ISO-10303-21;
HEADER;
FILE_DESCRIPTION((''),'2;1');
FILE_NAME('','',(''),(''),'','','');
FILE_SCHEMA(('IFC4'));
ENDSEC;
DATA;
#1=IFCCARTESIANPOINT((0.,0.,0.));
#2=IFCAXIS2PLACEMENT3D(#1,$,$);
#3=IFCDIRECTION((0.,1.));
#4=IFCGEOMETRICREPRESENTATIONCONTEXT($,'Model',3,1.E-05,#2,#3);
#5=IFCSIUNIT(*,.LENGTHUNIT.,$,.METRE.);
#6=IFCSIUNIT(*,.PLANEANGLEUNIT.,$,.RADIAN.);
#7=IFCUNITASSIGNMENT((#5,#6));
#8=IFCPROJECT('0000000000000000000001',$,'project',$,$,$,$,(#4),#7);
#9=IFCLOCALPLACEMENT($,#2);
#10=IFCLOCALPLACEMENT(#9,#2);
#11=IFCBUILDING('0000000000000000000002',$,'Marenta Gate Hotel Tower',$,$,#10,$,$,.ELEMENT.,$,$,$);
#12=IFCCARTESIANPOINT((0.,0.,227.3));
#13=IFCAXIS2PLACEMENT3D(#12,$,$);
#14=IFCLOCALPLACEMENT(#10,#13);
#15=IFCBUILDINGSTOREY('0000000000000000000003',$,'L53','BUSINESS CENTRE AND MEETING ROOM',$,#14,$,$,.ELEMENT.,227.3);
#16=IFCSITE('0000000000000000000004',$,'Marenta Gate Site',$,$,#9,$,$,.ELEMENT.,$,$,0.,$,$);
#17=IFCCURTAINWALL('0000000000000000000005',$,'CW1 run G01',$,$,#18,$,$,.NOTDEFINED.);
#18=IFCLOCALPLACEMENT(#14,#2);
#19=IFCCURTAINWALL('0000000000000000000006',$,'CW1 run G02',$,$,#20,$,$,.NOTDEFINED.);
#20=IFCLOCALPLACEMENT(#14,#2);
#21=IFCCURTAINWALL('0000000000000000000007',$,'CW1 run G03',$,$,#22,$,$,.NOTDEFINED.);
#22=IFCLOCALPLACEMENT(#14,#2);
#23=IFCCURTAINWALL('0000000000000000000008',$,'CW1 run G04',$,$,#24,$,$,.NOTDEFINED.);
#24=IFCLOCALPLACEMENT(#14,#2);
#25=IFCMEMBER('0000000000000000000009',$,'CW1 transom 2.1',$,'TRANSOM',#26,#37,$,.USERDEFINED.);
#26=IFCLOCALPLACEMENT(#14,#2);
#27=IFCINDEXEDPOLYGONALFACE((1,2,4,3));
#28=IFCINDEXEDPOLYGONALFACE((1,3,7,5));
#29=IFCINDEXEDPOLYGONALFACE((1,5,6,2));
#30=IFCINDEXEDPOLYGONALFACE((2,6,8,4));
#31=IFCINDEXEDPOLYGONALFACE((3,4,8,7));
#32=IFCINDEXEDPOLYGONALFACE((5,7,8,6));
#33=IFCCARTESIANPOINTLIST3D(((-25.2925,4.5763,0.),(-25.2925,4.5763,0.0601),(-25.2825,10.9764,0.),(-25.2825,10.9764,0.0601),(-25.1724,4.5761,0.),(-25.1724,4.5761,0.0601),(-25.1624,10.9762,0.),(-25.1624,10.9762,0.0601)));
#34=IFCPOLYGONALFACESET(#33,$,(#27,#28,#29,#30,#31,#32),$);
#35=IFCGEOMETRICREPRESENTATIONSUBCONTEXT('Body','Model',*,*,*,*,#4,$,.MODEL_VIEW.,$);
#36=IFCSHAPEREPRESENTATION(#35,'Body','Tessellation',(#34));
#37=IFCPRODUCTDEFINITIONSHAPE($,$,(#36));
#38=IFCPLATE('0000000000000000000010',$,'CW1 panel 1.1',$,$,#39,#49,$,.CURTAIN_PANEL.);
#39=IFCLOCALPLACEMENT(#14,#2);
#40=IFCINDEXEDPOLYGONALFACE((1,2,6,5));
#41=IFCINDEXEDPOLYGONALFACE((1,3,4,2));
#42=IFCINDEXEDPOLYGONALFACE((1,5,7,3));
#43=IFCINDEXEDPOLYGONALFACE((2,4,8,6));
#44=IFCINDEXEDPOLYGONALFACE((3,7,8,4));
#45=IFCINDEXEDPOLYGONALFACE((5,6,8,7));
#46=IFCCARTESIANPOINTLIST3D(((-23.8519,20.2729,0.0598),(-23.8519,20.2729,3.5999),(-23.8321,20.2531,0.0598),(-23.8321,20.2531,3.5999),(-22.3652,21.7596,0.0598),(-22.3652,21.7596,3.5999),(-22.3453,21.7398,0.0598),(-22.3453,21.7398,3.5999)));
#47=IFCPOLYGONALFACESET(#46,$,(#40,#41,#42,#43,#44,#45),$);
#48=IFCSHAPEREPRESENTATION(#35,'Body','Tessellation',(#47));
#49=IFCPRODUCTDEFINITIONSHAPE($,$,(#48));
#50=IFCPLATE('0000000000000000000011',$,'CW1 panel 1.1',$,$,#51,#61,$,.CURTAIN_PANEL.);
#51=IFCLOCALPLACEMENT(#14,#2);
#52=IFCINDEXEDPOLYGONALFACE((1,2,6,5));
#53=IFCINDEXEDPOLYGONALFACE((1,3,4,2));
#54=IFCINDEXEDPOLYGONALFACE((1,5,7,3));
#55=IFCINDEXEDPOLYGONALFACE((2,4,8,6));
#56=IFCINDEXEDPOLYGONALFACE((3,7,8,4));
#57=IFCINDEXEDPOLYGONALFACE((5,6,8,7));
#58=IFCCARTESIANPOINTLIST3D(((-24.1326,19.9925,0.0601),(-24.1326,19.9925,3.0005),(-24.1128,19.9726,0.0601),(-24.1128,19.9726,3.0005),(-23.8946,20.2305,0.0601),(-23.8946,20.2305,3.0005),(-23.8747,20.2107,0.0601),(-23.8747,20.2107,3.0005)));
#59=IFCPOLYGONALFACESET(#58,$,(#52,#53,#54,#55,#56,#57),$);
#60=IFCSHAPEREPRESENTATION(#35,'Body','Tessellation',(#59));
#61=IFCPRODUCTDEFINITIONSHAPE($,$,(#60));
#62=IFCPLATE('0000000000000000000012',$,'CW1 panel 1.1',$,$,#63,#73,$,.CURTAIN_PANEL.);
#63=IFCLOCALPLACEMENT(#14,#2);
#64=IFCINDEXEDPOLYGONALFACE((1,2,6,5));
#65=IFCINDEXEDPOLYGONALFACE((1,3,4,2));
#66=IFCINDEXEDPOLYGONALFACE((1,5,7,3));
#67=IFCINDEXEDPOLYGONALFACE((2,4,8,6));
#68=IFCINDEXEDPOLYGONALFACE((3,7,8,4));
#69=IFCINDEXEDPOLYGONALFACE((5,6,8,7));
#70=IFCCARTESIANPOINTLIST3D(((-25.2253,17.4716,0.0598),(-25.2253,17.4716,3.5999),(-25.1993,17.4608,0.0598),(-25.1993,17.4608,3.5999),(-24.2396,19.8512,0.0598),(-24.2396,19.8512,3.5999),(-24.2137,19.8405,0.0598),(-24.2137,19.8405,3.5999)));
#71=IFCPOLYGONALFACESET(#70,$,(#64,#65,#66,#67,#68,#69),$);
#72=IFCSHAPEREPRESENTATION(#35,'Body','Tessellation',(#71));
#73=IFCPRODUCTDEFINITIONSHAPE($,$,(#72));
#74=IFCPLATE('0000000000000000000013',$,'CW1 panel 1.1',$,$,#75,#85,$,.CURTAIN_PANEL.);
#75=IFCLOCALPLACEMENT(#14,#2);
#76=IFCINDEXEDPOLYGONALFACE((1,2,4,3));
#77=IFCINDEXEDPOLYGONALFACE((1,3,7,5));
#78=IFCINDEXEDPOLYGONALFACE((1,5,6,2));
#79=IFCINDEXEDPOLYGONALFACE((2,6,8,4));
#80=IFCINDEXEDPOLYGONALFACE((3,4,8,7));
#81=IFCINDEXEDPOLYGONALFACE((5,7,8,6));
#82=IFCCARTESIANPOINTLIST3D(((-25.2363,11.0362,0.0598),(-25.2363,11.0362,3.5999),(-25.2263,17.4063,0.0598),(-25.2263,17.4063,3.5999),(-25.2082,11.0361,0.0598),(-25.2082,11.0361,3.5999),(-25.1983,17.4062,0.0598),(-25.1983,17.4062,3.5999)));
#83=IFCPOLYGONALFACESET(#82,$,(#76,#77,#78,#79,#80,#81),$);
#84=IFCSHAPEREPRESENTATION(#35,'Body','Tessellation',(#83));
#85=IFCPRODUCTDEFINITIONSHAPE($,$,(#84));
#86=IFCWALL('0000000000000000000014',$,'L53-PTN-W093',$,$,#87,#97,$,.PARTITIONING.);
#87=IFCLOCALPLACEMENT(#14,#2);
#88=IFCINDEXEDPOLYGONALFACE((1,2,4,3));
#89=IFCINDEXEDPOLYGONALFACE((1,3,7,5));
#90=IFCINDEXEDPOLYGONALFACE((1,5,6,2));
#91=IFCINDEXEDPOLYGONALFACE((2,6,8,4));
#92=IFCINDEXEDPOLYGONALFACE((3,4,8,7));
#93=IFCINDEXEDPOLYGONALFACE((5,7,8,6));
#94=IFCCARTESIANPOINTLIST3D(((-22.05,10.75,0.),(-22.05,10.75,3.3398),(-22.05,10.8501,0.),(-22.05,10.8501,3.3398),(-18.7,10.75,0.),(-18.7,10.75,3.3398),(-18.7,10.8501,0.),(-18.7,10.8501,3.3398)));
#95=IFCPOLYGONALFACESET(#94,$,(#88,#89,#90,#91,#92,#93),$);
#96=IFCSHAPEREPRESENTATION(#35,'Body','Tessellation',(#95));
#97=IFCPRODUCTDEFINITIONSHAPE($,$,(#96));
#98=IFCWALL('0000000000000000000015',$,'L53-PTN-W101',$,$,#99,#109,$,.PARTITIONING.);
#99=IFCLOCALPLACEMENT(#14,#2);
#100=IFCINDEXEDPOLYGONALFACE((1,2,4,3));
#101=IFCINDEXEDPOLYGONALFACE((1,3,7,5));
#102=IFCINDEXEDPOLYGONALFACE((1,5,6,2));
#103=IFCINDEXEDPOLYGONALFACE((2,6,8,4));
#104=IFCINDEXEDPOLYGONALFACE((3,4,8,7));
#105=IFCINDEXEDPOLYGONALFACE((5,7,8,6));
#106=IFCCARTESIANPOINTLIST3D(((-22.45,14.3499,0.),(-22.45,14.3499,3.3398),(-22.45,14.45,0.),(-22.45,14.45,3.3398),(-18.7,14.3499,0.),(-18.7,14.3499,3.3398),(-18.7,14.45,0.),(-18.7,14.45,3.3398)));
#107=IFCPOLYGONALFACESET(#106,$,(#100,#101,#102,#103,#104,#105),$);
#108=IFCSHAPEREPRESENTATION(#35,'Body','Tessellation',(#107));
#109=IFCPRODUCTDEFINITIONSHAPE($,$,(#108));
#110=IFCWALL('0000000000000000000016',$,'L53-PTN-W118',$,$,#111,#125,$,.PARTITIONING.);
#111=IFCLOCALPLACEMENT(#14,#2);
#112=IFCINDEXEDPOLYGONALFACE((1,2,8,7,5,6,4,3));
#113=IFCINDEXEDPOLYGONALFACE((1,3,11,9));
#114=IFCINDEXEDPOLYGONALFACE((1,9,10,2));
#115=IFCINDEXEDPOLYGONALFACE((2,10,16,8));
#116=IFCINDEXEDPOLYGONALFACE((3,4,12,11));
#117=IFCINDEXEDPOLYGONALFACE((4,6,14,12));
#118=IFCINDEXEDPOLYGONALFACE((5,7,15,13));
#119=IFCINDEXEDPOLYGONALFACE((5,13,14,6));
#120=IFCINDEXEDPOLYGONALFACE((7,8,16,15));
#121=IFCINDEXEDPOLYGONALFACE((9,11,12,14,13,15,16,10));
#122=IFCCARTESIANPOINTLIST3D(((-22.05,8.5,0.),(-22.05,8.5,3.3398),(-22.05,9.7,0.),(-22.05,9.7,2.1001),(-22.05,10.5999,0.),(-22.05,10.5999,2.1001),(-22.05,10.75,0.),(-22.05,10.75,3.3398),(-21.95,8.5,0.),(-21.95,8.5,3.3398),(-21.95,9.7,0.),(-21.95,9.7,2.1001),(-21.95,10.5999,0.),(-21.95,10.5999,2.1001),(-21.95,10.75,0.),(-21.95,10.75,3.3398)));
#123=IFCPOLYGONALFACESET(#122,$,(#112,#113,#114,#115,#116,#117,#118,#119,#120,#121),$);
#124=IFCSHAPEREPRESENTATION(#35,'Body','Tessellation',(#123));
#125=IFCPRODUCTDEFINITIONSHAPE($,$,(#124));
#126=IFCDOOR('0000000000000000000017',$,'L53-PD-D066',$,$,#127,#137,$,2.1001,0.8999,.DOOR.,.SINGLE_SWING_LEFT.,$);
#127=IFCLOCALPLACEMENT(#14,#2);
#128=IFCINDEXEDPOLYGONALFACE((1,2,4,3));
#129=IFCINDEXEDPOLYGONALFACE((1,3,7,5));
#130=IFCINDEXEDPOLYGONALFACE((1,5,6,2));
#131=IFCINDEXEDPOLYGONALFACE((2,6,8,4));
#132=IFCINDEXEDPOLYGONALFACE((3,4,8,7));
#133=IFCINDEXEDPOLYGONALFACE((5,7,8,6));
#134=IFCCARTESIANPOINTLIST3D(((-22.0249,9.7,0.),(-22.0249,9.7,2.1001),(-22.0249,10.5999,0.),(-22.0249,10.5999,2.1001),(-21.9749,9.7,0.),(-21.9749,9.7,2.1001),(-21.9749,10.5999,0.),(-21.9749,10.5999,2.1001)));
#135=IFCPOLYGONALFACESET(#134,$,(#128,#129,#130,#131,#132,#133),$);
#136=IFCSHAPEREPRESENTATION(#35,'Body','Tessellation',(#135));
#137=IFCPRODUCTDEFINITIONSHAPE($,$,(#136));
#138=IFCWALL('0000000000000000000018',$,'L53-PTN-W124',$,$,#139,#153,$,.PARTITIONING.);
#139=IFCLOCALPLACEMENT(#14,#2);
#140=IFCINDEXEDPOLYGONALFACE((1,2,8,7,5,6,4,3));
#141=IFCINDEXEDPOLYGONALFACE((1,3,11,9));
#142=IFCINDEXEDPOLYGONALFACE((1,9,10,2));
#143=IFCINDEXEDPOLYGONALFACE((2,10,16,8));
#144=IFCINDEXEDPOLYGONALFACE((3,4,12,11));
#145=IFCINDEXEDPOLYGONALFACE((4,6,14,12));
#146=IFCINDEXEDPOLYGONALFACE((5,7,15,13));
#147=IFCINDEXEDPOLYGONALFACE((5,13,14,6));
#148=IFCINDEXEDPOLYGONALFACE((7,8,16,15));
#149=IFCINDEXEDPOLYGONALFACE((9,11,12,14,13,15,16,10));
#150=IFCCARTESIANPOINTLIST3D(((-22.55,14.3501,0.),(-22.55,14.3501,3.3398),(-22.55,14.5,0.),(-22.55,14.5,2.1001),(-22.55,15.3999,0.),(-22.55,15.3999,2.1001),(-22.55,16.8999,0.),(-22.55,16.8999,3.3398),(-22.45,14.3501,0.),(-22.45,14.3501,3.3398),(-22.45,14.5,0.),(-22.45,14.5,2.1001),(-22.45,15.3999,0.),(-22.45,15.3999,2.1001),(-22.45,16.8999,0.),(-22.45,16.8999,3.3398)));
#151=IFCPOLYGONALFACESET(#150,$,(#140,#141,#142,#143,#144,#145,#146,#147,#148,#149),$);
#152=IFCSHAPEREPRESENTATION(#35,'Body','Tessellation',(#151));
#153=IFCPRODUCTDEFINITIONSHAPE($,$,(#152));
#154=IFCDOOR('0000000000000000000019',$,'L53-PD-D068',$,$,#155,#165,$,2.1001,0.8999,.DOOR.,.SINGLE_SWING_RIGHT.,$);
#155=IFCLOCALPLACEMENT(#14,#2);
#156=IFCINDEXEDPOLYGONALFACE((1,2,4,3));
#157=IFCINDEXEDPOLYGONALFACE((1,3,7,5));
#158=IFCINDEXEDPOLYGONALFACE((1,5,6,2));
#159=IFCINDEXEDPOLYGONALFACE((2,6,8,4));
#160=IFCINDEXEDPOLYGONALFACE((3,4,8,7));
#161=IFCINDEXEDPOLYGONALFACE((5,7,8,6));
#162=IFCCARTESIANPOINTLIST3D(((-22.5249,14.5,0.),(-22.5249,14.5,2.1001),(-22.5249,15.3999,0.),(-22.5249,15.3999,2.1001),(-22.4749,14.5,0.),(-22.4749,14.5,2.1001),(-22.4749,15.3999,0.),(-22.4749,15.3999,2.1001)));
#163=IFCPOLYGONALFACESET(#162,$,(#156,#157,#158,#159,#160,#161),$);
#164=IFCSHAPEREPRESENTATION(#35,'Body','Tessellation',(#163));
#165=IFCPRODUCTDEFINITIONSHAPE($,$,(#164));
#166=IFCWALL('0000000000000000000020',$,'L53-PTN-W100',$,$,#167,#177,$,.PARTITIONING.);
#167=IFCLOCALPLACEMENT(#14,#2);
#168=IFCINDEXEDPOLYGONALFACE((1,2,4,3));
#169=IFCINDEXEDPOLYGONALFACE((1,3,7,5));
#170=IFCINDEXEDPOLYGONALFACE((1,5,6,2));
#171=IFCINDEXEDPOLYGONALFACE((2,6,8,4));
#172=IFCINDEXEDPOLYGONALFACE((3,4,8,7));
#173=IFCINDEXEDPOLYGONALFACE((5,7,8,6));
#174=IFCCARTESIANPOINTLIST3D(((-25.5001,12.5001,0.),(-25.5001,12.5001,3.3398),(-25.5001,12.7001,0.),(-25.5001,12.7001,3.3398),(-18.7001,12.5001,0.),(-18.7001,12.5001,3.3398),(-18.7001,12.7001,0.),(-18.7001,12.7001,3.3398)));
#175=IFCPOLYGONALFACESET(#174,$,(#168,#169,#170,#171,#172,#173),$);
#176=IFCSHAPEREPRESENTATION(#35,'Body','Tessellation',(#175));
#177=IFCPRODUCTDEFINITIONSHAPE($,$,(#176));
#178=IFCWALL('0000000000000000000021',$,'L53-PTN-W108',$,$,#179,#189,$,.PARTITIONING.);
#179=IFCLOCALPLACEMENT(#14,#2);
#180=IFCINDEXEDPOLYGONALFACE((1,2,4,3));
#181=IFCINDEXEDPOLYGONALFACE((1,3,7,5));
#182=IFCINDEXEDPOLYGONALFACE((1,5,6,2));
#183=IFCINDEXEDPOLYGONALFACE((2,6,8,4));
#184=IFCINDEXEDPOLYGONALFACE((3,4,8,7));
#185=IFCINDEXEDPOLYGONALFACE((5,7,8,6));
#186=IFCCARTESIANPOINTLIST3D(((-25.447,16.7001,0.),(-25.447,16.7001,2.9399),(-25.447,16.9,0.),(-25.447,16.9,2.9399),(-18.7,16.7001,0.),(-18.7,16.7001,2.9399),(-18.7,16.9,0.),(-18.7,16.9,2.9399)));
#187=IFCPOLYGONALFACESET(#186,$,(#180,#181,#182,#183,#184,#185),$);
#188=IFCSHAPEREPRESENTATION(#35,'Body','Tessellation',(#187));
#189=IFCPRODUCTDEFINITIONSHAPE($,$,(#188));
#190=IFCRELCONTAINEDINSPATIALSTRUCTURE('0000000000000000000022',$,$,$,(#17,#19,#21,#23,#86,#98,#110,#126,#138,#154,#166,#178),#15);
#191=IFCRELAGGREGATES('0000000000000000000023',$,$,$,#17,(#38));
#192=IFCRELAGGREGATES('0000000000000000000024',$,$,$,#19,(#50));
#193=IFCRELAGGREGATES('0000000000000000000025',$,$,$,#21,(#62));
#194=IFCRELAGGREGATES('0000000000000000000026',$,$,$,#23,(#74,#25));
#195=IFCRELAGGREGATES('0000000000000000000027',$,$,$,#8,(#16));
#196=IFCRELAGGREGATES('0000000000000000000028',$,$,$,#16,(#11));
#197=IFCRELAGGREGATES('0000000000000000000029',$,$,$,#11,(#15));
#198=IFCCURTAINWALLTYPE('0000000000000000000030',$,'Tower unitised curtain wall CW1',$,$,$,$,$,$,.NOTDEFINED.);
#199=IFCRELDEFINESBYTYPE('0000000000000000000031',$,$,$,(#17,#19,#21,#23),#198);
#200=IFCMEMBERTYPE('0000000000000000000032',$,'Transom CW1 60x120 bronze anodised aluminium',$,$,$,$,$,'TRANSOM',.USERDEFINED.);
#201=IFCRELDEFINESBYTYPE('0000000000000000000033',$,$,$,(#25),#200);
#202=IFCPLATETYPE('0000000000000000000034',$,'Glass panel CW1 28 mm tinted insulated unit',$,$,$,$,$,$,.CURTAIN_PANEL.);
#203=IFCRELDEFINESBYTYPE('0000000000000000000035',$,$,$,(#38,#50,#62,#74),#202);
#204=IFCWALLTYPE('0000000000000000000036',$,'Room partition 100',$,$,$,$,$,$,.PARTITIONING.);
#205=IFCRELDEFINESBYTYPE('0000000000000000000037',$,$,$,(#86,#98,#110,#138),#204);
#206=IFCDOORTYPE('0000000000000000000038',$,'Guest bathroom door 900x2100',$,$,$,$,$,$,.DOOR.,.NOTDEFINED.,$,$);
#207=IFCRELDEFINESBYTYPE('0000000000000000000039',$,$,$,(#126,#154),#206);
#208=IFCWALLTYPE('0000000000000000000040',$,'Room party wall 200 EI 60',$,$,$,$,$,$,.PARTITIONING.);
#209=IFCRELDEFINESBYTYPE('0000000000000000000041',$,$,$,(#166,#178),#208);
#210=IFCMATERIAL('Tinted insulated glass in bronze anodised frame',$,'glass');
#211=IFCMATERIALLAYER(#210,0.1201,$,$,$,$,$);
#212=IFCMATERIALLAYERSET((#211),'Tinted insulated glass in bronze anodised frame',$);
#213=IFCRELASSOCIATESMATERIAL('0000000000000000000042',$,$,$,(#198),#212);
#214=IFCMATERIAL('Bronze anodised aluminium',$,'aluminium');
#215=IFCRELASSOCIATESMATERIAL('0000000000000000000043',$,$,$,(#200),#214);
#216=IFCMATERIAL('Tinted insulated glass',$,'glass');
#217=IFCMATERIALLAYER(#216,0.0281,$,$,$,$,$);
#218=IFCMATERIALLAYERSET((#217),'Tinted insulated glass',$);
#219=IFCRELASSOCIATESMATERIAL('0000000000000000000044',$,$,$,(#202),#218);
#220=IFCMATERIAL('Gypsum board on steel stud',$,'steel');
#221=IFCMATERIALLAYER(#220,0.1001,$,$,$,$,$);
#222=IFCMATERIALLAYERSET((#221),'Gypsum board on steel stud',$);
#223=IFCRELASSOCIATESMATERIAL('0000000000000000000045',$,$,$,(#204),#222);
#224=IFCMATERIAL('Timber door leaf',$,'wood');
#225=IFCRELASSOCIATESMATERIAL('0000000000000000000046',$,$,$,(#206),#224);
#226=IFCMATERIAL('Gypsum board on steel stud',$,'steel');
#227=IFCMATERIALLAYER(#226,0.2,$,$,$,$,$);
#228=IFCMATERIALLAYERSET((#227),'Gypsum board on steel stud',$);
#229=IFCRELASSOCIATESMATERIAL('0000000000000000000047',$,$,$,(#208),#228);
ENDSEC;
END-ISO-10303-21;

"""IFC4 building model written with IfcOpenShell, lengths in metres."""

from ifc_helpers import new_model, si_unit, direction, frame, frame_2d, origin, origin_2d, place, context, subcontext, project, spatial, rectangle, extrude, material, layer, layer_set, material_profile, profile_set, type_object, element, fill, aggregate, save


model = new_model("IFC4")

# Units and contexts
model_context = context("Model", 3, precision=1e-05, world=origin(), true_north=direction((0.0, 1.0)))
body_context = subcontext(model_context, "Body", "Model", "MODEL_VIEW")
ifc_project = project(units=[si_unit("LENGTHUNIT", "METRE"), si_unit("PLANEANGLEUNIT", "RADIAN")], contexts=[model_context])

# Site, building, storey
site_placement = place(None, origin())
site = spatial("IfcSite", under=ifc_project, at=site_placement, Name="Marenta Gate Site", CompositionType="ELEMENT", RefElevation=0.0)
building_placement = place(site_placement, origin())
building = spatial("IfcBuilding", under=site, at=building_placement, Name="Marenta Gate Hotel Tower", CompositionType="ELEMENT")
storey_placement = place(building_placement, frame((0.0, 0.0, 227.3)))
storey = spatial("IfcBuildingStorey", under=building, at=storey_placement, Name="L53", Description="BUSINESS CENTRE AND MEETING ROOM", CompositionType="ELEMENT", Elevation=227.3)

# Curtain wall
ifc_material_1 = material(Name="Tinted insulated glass in bronze anodised frame", Category="glass")
ifc_layer_1 = layer(ifc_material_1, 0.1201)
ifc_layer_set_1 = layer_set([ifc_layer_1], Name="Tinted insulated glass in bronze anodised frame")
curtain_wall_type = type_object("IfcCurtainWallType", Name="Tower unitised curtain wall CW1", PredefinedType="NOTDEFINED", material=ifc_layer_set_1)
curtain_wall_1_placement = place(storey_placement, origin())
curtain_wall_1 = element("IfcCurtainWall", 1, at=curtain_wall_1_placement, inside=storey, type_object=curtain_wall_type, Name="CW1 run G01", PredefinedType="NOTDEFINED")

# Curtain wall
curtain_wall_2_placement = place(storey_placement, origin())
curtain_wall_2 = element("IfcCurtainWall", 2, at=curtain_wall_2_placement, inside=storey, type_object=curtain_wall_type, Name="CW1 run G02", PredefinedType="NOTDEFINED")

# Curtain wall
curtain_wall_3_placement = place(storey_placement, origin())
curtain_wall_3 = element("IfcCurtainWall", 3, at=curtain_wall_3_placement, inside=storey, type_object=curtain_wall_type, Name="CW1 run G03", PredefinedType="NOTDEFINED")

# Curtain wall
curtain_wall_4_placement = place(storey_placement, origin())
curtain_wall_4 = element("IfcCurtainWall", 4, at=curtain_wall_4_placement, inside=storey, type_object=curtain_wall_type, Name="CW1 run G04", PredefinedType="NOTDEFINED")

# Member
ifc_material_2 = material(Name="Bronze anodised aluminium", Category="aluminium")
ifc_material_profile_1 = material_profile(ifc_material_2, rectangle(XDim=0.1201, YDim=0.0601, at=origin_2d()), Name="Transom CW1 60x120 bronze anodised aluminium")
ifc_profile_set_1 = profile_set([ifc_material_profile_1], Name="Bronze anodised aluminium")
member_type_1 = type_object("IfcMemberType", Name="Transom CW1 60x120 bronze anodised aluminium", ElementType="TRANSOM", PredefinedType="USERDEFINED", material=ifc_profile_set_1)
member_1_placement = place(storey_placement, frame((-25.2224, 10.9763, 0.03), z_axis=(-0.001564, -0.999999, 0.0), x_axis=(0.999999, -0.001564, 0.0)))
member_1 = element("IfcMember", 5, at=member_1_placement, type_object=member_type_1, Name="CW1 transom 2.1", ObjectType="TRANSOM", PredefinedType="USERDEFINED", context=body_context, shape_type="SweptSolid", body=[
    extrude(rectangle(XDim=0.1201, YDim=0.0601, at=origin_2d()), origin(), (0.0, 0.0, 1.0), 6.4001),
])

# Plates
ifc_material_3 = material(Name="Tinted insulated glass", Category="glass")
ifc_layer_2 = layer(ifc_material_3, 0.0281)
ifc_layer_set_2 = layer_set([ifc_layer_2], Name="Tinted insulated glass")
plate_type = type_object("IfcPlateType", Name="Glass panel CW1 28 mm tinted insulated unit", PredefinedType="CURTAIN_PANEL", material=ifc_layer_set_2)
plate_1_placement = place(storey_placement, frame((-23.0986, 21.0063, 0.0598), z_axis=(0.0, 0.0, 1.0), x_axis=(-0.707107, -0.707107, 0.0)))
plate_1 = element("IfcPlate", 6, at=plate_1_placement, type_object=plate_type, Name="CW1 panel 1.1", PredefinedType="CURTAIN_PANEL", context=body_context, shape_type="SweptSolid", body=[
    extrude(rectangle(XDim=2.1025, YDim=0.0281, at=origin_2d()), origin(), (0.0, 0.0, 1.0), 3.54),
])
aggregate(curtain_wall_1, [plate_1])
plate_2_placement = place(storey_placement, frame((-24.0037, 20.1016, 0.0601), z_axis=(0.0, 0.0, 1.0), x_axis=(-0.707107, -0.707107, 0.0)))
plate_2 = element("IfcPlate", 7, at=plate_2_placement, type_object=plate_type, Name="CW1 panel 1.1", PredefinedType="CURTAIN_PANEL", context=body_context, shape_type="SweptSolid", body=[
    extrude(rectangle(XDim=0.3367, YDim=0.0281, at=origin_2d()), origin(), (0.0, 0.0, 1.0), 2.9404),
])
aggregate(curtain_wall_2, [plate_2])
plate_3_placement = place(storey_placement, frame((-24.7195, 18.656, 0.0598), z_axis=(0.0, 0.0, 1.0), x_axis=(-0.382667, -0.923886, 0.0)))
plate_3 = element("IfcPlate", 8, at=plate_3_placement, type_object=plate_type, Name="CW1 panel 1.1", PredefinedType="CURTAIN_PANEL", context=body_context, shape_type="SweptSolid", body=[
    extrude(rectangle(XDim=2.5757, YDim=0.0281, at=origin_2d()), origin(), (0.0, 0.0, 1.0), 3.54),
])
aggregate(curtain_wall_3, [plate_3])
plate_4_placement = place(storey_placement, frame((-25.2173, 14.2212, 0.0598), z_axis=(0.0, 0.0, 1.0), x_axis=(-0.001566, -0.999999, 0.0)))
plate_4 = element("IfcPlate", 9, at=plate_4_placement, type_object=plate_type, Name="CW1 panel 1.1", PredefinedType="CURTAIN_PANEL", context=body_context, shape_type="SweptSolid", body=[
    extrude(rectangle(XDim=6.3701, YDim=0.0281, at=origin_2d()), origin(), (0.0, 0.0, 1.0), 3.54),
])
aggregate(curtain_wall_4, [plate_4, member_1])

# Walls
ifc_material_4 = material(Name="Gypsum board on steel stud", Category="steel")
ifc_layer_3 = layer(ifc_material_4, 0.1001)
ifc_layer_set_3 = layer_set([ifc_layer_3], Name="Gypsum board on steel stud")
wall_type_1 = type_object("IfcWallType", Name="Room partition 100", PredefinedType="PARTITIONING", material=ifc_layer_set_3)
wall_1_placement = place(storey_placement, frame((-22.05, 10.8, 0.0), z_axis=(0.0, 0.0, 1.0), x_axis=(1.0, 0.0, 0.0)))
element("IfcWall", 10, at=wall_1_placement, inside=storey, type_object=wall_type_1, Name="L53-PTN-W093", PredefinedType="PARTITIONING", context=body_context, shape_type="SweptSolid", body=[
    extrude(rectangle(XDim=3.3501, YDim=0.1001, at=frame_2d((1.675, 0.0))), origin(), (0.0, 0.0, 1.0), 3.3398),
])
wall_2_placement = place(storey_placement, frame((-22.45, 14.3999, 0.0), z_axis=(0.0, 0.0, 1.0), x_axis=(1.0, 0.0, 0.0)))
element("IfcWall", 11, at=wall_2_placement, inside=storey, type_object=wall_type_1, Name="L53-PTN-W101", PredefinedType="PARTITIONING", context=body_context, shape_type="SweptSolid", body=[
    extrude(rectangle(XDim=3.75, YDim=0.1001, at=frame_2d((1.875, 0.0))), origin(), (0.0, 0.0, 1.0), 3.3398),
])

# Walls, openings, doors
wall_3_placement = place(storey_placement, frame((-22.0, 8.5, 0.0), z_axis=(0.0, 0.0, 1.0), x_axis=(0.0, 1.0, 0.0)))
wall_3 = element("IfcWall", 12, at=wall_3_placement, inside=storey, type_object=wall_type_1, Name="L53-PTN-W118", PredefinedType="PARTITIONING", context=body_context, shape_type="SweptSolid", body=[
    extrude(rectangle(XDim=2.25, YDim=0.1001, at=frame_2d((1.125, 0.0))), origin(), (0.0, 0.0, 1.0), 3.3398),
])
opening_1_placement = place(wall_3_placement, frame((1.2, 0.0, 0.0)))
opening_1 = element("IfcOpeningElement", 13, at=opening_1_placement, cuts=wall_3, PredefinedType="OPENING", context=body_context, shape_type="SweptSolid", body=[
    extrude(rectangle(XDim=0.8999, YDim=2.1001, at=frame_2d((0.45, 1.05))), frame((0.0, 0.05, 0.0), z_axis=(0.0, -1.0, 0.0), x_axis=(1.0, 0.0, 0.0)), (0.0, 0.0, 1.0), 0.1001),
])
ifc_material_5 = material(Name="Timber door leaf", Category="wood")
door_type = type_object("IfcDoorType", Name="Guest bathroom door 900x2100", OperationType="NOTDEFINED", PredefinedType="DOOR", material=ifc_material_5)
door_1_placement = place(opening_1_placement, origin())
door_1 = element("IfcDoor", 14, at=door_1_placement, inside=storey, type_object=door_type, Name="L53-PD-D066", OperationType="SINGLE_SWING_LEFT", OverallHeight=2.1001, OverallWidth=0.8999, PredefinedType="DOOR", context=body_context, shape_type="SweptSolid", body=[
    extrude(rectangle(XDim=0.8999, YDim=2.1001, at=frame_2d((0.45, 1.05))), frame((0.0, 0.0249, 0.0), z_axis=(0.0, -1.0, 0.0), x_axis=(1.0, 0.0, 0.0)), (0.0, 0.0, 1.0), 0.05),
])
fill(opening_1, door_1)
wall_4_placement = place(storey_placement, frame((-22.5, 14.3501, 0.0), z_axis=(0.0, 0.0, 1.0), x_axis=(0.0, 1.0, 0.0)))
wall_4 = element("IfcWall", 15, at=wall_4_placement, inside=storey, type_object=wall_type_1, Name="L53-PTN-W124", PredefinedType="PARTITIONING", context=body_context, shape_type="SweptSolid", body=[
    extrude(rectangle(XDim=2.5498, YDim=0.1001, at=frame_2d((1.2749, 0.0))), origin(), (0.0, 0.0, 1.0), 3.3398),
])
opening_2_placement = place(wall_4_placement, frame((0.1499, 0.0, 0.0)))
opening_2 = element("IfcOpeningElement", 16, at=opening_2_placement, cuts=wall_4, PredefinedType="OPENING", context=body_context, shape_type="SweptSolid", body=[
    extrude(rectangle(XDim=0.8999, YDim=2.1001, at=frame_2d((0.45, 1.05))), frame((0.0, 0.05, 0.0), z_axis=(0.0, -1.0, 0.0), x_axis=(1.0, 0.0, 0.0)), (0.0, 0.0, 1.0), 0.1001),
])
door_2_placement = place(opening_2_placement, origin())
door_2 = element("IfcDoor", 17, at=door_2_placement, inside=storey, type_object=door_type, Name="L53-PD-D068", OperationType="SINGLE_SWING_RIGHT", OverallHeight=2.1001, OverallWidth=0.8999, PredefinedType="DOOR", context=body_context, shape_type="SweptSolid", body=[
    extrude(rectangle(XDim=0.8999, YDim=2.1001, at=frame_2d((0.45, 1.05))), frame((0.0, 0.0249, 0.0), z_axis=(0.0, -1.0, 0.0), x_axis=(1.0, 0.0, 0.0)), (0.0, 0.0, 1.0), 0.05),
])
fill(opening_2, door_2)

# Walls
ifc_material_6 = material(Name="Gypsum board on steel stud", Category="steel")
ifc_layer_4 = layer(ifc_material_6, 0.2)
ifc_layer_set_4 = layer_set([ifc_layer_4], Name="Gypsum board on steel stud")
wall_type_2 = type_object("IfcWallType", Name="Room party wall 200 EI 60", PredefinedType="PARTITIONING", material=ifc_layer_set_4)
wall_5_placement = place(storey_placement, frame((-25.5, 12.6001, 0.0), z_axis=(0.0, 0.0, 1.0), x_axis=(1.0, 0.0, 0.0)))
element("IfcWall", 18, at=wall_5_placement, inside=storey, type_object=wall_type_2, Name="L53-PTN-W100", PredefinedType="PARTITIONING", context=body_context, shape_type="SweptSolid", body=[
    extrude(rectangle(XDim=6.8, YDim=0.2, at=frame_2d((3.3999, 0.0))), origin(), (0.0, 0.0, 1.0), 3.3398),
])
wall_6_placement = place(storey_placement, frame((-25.447, 16.8, 0.0), z_axis=(0.0, 0.0, 1.0), x_axis=(1.0, 0.0, 0.0)))
element("IfcWall", 19, at=wall_6_placement, inside=storey, type_object=wall_type_2, Name="L53-PTN-W108", PredefinedType="PARTITIONING", context=body_context, shape_type="SweptSolid", body=[
    extrude(rectangle(XDim=6.7471, YDim=0.2, at=frame_2d((3.3735, 0.0))), origin(), (0.0, 0.0, 1.0), 2.9399),
])

save(model, "model.ifc")
